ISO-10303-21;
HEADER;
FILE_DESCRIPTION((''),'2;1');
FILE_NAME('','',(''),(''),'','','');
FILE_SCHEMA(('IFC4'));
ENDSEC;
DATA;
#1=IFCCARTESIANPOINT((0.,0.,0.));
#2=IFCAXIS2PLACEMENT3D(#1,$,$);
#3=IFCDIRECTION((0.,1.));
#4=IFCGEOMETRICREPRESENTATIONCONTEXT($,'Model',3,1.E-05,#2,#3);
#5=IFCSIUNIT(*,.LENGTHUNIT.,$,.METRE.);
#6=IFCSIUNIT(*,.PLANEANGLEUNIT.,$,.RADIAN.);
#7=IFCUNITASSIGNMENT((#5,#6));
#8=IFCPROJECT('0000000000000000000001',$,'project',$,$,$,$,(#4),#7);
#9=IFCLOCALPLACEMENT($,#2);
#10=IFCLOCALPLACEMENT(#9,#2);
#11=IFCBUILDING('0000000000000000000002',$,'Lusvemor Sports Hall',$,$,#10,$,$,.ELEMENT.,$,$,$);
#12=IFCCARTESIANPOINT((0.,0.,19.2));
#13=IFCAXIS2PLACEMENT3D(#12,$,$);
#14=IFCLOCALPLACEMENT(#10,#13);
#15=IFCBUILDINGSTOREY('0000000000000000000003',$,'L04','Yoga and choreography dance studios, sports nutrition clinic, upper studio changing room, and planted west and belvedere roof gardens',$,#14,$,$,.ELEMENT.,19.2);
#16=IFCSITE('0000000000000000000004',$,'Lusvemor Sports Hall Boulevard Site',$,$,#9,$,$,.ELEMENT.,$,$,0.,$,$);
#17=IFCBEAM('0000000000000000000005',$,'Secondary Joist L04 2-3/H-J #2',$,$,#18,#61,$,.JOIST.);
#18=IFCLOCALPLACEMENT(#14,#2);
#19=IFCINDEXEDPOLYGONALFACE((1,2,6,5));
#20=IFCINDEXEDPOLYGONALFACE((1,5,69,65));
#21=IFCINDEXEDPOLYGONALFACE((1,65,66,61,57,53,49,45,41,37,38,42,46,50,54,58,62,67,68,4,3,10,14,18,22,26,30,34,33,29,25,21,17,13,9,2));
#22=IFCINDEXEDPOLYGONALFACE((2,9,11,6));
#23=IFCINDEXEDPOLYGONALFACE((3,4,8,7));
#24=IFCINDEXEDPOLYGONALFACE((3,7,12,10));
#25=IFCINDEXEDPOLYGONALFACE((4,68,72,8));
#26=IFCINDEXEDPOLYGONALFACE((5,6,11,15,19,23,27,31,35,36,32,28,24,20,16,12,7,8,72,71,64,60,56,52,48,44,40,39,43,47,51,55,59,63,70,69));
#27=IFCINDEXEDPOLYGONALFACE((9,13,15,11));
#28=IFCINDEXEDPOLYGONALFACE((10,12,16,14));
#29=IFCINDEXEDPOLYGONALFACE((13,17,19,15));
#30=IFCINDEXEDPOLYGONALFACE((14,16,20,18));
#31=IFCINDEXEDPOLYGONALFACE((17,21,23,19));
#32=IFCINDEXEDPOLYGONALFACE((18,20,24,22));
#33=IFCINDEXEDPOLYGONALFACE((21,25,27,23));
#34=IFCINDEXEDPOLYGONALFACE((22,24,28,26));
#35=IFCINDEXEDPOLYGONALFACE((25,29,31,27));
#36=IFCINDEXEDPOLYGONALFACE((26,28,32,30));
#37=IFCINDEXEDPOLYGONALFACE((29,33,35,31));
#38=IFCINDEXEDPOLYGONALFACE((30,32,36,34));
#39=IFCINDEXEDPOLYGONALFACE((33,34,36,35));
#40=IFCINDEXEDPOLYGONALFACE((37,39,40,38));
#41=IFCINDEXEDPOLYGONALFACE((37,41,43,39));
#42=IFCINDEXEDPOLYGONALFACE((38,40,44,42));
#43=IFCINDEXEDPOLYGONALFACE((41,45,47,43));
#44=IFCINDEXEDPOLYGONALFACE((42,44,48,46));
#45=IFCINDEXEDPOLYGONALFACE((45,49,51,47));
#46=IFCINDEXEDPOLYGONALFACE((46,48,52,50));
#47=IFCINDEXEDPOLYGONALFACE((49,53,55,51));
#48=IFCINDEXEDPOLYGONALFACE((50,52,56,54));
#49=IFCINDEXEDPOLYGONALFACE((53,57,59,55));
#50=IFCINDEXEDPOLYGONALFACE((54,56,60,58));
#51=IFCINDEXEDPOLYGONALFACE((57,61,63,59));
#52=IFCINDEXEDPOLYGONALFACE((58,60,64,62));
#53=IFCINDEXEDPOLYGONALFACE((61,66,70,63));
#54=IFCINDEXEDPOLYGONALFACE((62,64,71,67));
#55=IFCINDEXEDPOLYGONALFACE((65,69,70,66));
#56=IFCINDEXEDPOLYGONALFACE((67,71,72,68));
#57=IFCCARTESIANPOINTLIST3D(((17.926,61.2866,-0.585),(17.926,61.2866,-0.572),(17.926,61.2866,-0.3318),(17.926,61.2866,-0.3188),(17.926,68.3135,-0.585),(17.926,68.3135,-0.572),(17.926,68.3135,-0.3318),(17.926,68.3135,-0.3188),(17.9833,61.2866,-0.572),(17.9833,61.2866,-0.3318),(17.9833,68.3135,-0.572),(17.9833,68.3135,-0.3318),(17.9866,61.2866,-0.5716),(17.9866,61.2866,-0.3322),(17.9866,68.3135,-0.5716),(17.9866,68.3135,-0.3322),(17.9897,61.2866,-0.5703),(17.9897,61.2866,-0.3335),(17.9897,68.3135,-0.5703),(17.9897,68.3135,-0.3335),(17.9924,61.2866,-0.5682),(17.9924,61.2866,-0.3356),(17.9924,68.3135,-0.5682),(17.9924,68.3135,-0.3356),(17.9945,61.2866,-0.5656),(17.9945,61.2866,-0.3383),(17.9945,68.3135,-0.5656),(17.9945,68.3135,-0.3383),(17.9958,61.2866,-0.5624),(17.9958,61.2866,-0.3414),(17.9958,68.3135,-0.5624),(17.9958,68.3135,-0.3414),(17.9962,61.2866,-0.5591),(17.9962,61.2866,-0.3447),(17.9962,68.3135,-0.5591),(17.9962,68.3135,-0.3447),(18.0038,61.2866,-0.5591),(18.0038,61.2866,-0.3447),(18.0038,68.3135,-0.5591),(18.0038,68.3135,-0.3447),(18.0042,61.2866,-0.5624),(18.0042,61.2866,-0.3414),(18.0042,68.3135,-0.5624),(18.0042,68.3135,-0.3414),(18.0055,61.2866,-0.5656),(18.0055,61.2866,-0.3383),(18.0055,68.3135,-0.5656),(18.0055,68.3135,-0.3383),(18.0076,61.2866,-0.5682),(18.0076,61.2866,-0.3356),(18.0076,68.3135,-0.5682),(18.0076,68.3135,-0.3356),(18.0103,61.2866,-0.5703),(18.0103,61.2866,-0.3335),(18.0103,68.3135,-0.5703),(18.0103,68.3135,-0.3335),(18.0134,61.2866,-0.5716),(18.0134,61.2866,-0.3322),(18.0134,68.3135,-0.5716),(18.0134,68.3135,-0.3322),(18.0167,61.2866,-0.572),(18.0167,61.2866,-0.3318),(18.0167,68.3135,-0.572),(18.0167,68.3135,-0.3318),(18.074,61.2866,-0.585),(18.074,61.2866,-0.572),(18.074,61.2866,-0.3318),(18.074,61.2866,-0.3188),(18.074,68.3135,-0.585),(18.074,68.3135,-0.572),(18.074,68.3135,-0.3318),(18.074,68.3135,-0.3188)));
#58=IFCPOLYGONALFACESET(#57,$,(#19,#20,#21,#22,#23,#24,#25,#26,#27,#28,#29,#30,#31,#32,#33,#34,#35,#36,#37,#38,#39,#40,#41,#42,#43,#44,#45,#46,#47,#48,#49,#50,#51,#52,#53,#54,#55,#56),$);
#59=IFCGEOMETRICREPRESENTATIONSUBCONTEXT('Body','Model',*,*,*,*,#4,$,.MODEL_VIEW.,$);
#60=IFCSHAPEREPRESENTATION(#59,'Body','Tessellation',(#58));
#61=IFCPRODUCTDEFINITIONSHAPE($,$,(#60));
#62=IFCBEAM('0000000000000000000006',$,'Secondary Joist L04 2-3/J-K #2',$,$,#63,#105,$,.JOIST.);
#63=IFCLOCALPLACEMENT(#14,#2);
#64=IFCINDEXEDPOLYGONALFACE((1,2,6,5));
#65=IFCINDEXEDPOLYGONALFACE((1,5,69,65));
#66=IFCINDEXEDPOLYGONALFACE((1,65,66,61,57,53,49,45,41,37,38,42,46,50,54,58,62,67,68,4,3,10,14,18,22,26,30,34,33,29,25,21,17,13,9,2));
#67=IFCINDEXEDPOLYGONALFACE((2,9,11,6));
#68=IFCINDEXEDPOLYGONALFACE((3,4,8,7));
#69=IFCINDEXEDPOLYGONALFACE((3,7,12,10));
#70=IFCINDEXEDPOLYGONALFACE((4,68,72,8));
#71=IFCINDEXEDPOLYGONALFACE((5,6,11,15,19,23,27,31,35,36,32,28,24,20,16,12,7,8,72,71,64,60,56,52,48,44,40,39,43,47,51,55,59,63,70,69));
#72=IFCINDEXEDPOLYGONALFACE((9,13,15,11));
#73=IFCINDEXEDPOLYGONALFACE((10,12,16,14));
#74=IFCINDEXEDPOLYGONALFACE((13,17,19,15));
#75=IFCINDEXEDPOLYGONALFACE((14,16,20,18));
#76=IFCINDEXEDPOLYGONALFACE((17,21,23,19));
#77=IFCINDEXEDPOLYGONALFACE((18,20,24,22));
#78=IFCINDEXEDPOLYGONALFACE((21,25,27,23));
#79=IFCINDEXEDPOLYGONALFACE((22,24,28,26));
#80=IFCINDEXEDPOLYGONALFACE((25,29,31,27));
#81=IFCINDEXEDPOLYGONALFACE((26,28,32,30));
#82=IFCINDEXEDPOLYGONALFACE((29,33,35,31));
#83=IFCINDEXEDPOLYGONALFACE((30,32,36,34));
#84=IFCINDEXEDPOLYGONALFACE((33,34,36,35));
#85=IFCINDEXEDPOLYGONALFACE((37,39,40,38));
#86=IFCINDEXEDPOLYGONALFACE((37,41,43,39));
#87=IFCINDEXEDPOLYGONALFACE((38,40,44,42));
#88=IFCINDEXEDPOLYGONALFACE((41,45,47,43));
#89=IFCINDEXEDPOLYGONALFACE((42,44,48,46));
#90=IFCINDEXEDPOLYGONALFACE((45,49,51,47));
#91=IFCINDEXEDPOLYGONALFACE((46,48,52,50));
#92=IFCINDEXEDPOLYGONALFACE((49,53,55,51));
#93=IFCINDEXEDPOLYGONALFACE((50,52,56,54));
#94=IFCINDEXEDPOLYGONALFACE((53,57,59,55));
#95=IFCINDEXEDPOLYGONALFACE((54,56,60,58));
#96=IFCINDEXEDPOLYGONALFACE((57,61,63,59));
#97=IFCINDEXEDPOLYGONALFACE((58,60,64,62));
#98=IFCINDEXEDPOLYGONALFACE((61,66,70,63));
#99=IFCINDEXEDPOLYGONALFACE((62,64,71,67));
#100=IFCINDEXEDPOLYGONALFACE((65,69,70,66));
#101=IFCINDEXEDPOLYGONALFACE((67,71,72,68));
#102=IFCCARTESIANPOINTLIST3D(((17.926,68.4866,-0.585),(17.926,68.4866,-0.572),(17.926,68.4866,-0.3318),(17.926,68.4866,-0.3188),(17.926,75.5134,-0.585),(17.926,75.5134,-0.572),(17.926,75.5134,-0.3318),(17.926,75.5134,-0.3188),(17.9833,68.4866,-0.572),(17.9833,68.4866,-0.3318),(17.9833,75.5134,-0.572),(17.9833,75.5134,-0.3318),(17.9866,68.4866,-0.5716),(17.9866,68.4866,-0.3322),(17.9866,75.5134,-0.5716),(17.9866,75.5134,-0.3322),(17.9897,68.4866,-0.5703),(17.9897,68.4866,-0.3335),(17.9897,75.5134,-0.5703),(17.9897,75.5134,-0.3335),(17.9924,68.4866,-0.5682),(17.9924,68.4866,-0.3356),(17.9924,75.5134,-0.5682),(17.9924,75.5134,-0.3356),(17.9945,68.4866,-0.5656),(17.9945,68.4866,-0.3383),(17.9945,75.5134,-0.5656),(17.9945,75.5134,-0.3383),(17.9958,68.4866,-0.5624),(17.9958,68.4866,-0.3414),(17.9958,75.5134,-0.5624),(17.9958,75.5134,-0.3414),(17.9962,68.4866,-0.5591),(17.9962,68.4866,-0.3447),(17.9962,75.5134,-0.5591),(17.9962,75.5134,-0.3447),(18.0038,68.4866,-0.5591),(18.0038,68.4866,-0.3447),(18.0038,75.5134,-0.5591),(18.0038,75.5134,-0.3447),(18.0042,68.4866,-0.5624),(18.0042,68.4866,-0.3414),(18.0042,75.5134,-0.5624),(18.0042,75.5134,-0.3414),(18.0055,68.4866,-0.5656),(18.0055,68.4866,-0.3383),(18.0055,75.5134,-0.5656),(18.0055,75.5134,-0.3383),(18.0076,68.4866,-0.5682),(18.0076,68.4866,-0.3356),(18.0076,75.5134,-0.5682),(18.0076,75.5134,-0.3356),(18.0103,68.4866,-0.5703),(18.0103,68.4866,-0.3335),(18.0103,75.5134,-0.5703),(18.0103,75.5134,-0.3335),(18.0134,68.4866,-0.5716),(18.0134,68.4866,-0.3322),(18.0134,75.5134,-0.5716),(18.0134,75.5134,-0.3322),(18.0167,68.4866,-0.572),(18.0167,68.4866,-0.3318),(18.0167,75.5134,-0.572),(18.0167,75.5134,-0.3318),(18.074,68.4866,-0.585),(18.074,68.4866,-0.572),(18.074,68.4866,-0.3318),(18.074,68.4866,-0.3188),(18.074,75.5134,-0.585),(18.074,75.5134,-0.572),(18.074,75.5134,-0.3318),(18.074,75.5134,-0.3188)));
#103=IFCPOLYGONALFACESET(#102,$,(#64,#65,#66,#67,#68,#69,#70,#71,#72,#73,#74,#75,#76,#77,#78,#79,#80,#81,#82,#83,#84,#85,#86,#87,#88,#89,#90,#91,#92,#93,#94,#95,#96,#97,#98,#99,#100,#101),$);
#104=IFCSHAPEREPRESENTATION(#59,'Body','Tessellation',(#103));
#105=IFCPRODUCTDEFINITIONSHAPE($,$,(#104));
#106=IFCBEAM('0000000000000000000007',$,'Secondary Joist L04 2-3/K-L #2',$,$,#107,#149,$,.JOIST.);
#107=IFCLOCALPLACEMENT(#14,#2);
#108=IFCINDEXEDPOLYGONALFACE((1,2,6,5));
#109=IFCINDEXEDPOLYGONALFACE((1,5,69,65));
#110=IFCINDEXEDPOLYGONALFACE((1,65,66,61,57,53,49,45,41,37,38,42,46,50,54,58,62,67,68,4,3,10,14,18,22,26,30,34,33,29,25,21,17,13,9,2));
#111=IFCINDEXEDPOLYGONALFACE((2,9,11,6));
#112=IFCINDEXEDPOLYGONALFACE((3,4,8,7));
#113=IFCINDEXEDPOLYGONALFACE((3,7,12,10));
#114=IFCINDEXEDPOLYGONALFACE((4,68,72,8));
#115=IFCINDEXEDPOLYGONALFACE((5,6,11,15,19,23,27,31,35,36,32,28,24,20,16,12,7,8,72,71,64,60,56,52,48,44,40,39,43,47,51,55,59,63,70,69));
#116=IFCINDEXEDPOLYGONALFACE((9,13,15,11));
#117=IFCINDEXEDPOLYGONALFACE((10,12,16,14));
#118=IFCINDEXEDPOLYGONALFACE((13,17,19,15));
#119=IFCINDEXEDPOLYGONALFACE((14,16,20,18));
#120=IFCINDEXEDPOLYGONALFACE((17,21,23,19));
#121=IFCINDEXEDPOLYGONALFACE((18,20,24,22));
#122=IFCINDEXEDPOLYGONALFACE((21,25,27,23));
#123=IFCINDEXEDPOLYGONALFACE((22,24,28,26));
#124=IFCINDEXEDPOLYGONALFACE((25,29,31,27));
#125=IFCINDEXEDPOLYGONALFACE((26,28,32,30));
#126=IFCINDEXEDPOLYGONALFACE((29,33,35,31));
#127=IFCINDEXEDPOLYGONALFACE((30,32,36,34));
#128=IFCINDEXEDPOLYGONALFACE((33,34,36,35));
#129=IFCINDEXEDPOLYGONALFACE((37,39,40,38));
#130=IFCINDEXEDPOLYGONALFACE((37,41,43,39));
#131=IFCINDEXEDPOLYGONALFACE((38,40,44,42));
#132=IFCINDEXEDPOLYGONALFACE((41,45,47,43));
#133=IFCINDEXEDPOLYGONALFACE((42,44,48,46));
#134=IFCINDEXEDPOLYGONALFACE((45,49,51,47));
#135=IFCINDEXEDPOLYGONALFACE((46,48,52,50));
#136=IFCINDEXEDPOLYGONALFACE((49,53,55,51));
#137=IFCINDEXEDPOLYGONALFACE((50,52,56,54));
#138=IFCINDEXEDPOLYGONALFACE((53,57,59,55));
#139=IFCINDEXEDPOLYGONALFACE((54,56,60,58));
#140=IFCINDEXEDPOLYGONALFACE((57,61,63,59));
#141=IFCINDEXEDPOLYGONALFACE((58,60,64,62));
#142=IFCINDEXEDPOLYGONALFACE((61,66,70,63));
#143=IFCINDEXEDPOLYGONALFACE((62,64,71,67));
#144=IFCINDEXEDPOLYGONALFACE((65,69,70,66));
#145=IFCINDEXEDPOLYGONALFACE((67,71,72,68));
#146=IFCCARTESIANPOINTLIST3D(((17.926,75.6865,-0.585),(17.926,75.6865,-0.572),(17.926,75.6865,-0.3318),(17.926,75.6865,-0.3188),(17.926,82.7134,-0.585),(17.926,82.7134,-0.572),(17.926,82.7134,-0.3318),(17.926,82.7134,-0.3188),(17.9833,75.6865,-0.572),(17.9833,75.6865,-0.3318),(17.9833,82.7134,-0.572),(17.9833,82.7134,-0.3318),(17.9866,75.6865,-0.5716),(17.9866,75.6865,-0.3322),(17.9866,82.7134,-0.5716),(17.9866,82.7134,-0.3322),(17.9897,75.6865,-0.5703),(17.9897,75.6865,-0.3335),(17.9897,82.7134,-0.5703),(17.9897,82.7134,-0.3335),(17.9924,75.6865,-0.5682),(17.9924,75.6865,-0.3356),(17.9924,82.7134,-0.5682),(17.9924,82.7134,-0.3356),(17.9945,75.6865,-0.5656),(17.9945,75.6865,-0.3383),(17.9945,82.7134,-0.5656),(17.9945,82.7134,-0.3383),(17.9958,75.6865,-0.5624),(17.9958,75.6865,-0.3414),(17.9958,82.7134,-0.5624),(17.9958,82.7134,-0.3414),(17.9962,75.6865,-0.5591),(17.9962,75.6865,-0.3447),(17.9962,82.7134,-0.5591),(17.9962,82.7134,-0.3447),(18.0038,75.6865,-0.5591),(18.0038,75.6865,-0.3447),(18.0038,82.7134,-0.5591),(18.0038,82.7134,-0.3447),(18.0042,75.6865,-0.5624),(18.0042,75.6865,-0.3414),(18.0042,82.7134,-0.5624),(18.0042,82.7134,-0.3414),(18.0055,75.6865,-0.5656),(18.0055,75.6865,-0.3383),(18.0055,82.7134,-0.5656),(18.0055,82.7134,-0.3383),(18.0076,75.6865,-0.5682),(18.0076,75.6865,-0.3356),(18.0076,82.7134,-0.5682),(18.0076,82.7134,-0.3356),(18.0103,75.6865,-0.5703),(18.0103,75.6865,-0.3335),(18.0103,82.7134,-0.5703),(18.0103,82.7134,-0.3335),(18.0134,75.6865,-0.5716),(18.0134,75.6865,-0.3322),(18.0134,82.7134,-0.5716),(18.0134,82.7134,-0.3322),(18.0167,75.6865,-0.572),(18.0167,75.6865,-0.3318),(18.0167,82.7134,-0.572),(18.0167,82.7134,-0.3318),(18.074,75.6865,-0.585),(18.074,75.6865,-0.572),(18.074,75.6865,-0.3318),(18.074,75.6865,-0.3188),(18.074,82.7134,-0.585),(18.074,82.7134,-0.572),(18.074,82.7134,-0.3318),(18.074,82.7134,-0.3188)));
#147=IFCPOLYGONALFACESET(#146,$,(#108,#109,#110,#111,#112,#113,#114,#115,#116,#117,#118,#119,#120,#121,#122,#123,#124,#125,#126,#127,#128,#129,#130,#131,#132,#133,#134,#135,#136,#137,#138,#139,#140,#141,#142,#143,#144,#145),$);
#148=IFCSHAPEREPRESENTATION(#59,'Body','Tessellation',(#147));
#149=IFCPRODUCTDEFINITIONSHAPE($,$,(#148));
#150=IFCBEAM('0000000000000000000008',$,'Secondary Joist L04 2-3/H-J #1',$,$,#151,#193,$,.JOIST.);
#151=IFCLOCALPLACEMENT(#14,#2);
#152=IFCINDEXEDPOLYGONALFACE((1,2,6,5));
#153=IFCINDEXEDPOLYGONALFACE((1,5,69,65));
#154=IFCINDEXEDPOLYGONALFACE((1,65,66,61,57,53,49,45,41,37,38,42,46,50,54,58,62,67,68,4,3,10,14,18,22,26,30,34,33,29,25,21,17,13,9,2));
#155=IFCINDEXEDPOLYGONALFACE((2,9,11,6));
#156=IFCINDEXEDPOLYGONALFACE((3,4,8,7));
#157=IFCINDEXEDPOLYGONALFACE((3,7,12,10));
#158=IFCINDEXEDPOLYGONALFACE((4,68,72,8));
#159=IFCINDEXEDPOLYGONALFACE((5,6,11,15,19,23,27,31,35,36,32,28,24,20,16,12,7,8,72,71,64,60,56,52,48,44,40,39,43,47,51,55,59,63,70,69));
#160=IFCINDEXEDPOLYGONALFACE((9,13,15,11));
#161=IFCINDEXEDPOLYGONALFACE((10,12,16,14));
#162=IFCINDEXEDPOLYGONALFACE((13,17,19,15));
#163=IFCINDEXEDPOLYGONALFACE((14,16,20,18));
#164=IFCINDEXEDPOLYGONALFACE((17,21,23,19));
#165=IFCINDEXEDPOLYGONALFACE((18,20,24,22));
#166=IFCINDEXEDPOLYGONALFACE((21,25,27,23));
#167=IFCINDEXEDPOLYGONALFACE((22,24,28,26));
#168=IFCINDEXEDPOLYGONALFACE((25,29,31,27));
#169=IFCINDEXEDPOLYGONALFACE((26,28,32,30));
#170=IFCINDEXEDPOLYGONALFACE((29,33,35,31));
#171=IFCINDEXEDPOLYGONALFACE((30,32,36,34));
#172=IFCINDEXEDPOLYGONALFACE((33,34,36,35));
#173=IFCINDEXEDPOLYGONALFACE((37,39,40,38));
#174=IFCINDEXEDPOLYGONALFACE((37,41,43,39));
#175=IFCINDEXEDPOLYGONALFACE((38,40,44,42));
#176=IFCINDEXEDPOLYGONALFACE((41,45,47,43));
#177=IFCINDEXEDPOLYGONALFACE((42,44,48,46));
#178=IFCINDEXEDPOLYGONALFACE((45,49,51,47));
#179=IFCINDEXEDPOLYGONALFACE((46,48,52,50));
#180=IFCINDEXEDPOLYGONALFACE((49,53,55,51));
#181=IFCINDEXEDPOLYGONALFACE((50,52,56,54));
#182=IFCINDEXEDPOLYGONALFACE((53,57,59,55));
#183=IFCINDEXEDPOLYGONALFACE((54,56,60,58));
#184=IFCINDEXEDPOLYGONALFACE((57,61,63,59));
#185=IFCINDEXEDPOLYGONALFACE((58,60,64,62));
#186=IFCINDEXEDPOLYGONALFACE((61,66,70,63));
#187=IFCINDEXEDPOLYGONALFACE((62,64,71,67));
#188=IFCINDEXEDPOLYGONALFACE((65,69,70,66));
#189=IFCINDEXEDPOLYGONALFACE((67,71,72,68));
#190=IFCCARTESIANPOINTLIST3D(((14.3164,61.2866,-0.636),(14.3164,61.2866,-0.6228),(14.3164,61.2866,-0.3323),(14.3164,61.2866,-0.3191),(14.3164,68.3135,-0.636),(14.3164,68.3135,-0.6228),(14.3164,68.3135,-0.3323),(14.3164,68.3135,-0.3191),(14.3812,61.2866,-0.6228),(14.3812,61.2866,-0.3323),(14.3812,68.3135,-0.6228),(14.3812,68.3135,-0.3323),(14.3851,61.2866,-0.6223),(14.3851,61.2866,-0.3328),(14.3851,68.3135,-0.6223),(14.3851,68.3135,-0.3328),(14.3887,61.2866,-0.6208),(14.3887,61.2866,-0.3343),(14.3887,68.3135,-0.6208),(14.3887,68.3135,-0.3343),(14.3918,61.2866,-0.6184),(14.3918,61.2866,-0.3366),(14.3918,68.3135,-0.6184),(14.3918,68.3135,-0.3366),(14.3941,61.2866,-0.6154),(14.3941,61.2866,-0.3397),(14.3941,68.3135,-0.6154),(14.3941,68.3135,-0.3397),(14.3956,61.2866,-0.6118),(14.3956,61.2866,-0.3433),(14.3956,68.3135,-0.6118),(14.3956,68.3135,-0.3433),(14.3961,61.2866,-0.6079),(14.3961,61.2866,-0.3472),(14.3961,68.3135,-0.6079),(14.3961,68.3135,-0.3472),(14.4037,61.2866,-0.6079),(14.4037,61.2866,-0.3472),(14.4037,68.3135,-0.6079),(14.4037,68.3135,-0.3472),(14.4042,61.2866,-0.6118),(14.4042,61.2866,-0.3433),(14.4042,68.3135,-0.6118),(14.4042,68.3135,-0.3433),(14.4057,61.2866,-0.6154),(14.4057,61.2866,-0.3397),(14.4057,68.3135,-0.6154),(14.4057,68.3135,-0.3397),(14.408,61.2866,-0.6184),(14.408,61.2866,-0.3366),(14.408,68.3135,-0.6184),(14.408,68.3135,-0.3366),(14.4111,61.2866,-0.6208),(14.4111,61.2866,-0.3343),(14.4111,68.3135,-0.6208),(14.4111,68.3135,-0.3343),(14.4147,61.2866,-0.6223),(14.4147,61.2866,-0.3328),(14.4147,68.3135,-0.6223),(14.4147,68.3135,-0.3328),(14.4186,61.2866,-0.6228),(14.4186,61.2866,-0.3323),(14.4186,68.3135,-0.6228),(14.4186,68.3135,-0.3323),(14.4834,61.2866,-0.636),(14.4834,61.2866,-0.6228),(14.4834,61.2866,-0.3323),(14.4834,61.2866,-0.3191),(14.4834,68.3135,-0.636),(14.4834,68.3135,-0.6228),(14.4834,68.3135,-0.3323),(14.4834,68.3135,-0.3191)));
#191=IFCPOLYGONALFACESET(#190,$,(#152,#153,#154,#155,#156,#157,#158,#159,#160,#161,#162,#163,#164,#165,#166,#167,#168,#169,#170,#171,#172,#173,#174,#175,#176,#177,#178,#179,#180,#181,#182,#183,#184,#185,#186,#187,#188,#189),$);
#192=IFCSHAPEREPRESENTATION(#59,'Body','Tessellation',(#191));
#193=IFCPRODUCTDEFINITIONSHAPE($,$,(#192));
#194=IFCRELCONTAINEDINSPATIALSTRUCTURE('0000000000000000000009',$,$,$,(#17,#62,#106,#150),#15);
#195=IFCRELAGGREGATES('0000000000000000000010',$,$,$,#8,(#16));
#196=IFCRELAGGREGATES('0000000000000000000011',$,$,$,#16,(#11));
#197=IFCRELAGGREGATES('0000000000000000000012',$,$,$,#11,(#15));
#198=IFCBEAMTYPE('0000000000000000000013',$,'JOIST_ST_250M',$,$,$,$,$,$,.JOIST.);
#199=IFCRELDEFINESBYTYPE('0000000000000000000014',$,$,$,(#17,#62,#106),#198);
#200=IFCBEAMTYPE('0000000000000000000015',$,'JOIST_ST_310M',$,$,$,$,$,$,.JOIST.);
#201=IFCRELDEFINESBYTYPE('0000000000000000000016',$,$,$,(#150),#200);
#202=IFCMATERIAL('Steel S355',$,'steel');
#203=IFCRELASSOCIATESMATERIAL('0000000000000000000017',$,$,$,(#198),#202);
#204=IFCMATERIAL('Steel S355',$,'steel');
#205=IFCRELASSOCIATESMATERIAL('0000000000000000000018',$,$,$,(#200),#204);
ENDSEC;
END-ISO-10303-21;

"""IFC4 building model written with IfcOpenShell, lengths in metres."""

from ifc_helpers import new_model, si_unit, direction, frame, origin, origin_2d, place, context, subcontext, project, spatial, i_section, extrude, material, material_profile, profile_set, type_object, element, save


model = new_model("IFC4")

# Units and contexts
model_context = context("Model", 3, precision=1e-05, world=origin(), true_north=direction((0.0, 1.0)))
body_context = subcontext(model_context, "Body", "Model", "MODEL_VIEW")
ifc_project = project(units=[si_unit("LENGTHUNIT", "METRE"), si_unit("PLANEANGLEUNIT", "RADIAN")], contexts=[model_context])

# Site, building, storey
site_placement = place(None, origin())
site = spatial("IfcSite", under=ifc_project, at=site_placement, Name="Lusvemor Sports Hall Boulevard Site", CompositionType="ELEMENT", RefElevation=0.0)
building_placement = place(site_placement, origin())
building = spatial("IfcBuilding", under=site, at=building_placement, Name="Lusvemor Sports Hall", CompositionType="ELEMENT")
storey_placement = place(building_placement, frame((0.0, 0.0, 19.2)))
storey = spatial("IfcBuildingStorey", under=building, at=storey_placement, Name="L04", Description="Yoga and choreography dance studios, sports nutrition clinic, upper studio changing room, and planted west and belvedere roof gardens", CompositionType="ELEMENT", Elevation=19.2)

# Beams
ifc_material_1 = material(Name="Steel S355", Category="steel")
ifc_material_profile_1 = material_profile(ifc_material_1, i_section(OverallWidth=0.1479, OverallDepth=0.2661, WebThickness=0.0076, FlangeThickness=0.0129, FilletRadius=0.0129, at=origin_2d()), Name="W250x44.8")
ifc_profile_set_1 = profile_set([ifc_material_profile_1], Name="Steel S355")
beam_type_1 = type_object("IfcBeamType", Name="JOIST_ST_250M", PredefinedType="JOIST", material=ifc_profile_set_1)
for number, where, z_axis, x_axis, name in (
    (1, (18.0, 61.2866, -0.4519), (0.0, 1.0, 0.0), (-1.0, 0.0, 0.0), "Secondary Joist L04 2-3/H-J #2"),
    (2, (18.0, 68.4866, -0.4519), (0.0, 1.0, 0.0), (-1.0, 0.0, 0.0), "Secondary Joist L04 2-3/J-K #2"),
    (3, (18.0, 75.6865, -0.4519), (0.0, 1.0, 0.0), (-1.0, 0.0, 0.0), "Secondary Joist L04 2-3/K-L #2"),
):
    element("IfcBeam", number, at=place(storey_placement, frame(where, z_axis=z_axis, x_axis=x_axis)), inside=storey, type_object=beam_type_1, Name=name, PredefinedType="JOIST", context=body_context, shape_type="SweptSolid", body=[
        extrude(i_section(OverallWidth=0.1479, OverallDepth=0.2661, WebThickness=0.0076, FlangeThickness=0.0129, FilletRadius=0.0129, at=origin_2d()), origin(), (0.0, 0.0, 1.0), 7.0269),
    ])
ifc_material_2 = material(Name="Steel S355", Category="steel")
ifc_material_profile_2 = material_profile(ifc_material_2, i_section(OverallWidth=0.167, OverallDepth=0.3169, WebThickness=0.0076, FlangeThickness=0.0132, FilletRadius=0.0149, at=origin_2d()), Name="W310x52.0")
ifc_profile_set_2 = profile_set([ifc_material_profile_2], Name="Steel S355")
beam_type_2 = type_object("IfcBeamType", Name="JOIST_ST_310M", PredefinedType="JOIST", material=ifc_profile_set_2)
for number, where, z_axis, x_axis, name in (
    (4, (14.3999, 61.2866, -0.4775), (0.0, 1.0, 0.0), (-1.0, 0.0, 0.0), "Secondary Joist L04 2-3/H-J #1"),
):
    element("IfcBeam", number, at=place(storey_placement, frame(where, z_axis=z_axis, x_axis=x_axis)), inside=storey, type_object=beam_type_2, Name=name, PredefinedType="JOIST", context=body_context, shape_type="SweptSolid", body=[
        extrude(i_section(OverallWidth=0.167, OverallDepth=0.3169, WebThickness=0.0076, FlangeThickness=0.0132, FilletRadius=0.0149, at=origin_2d()), origin(), (0.0, 0.0, 1.0), 7.0269),
    ])

save(model, "model.ifc")
